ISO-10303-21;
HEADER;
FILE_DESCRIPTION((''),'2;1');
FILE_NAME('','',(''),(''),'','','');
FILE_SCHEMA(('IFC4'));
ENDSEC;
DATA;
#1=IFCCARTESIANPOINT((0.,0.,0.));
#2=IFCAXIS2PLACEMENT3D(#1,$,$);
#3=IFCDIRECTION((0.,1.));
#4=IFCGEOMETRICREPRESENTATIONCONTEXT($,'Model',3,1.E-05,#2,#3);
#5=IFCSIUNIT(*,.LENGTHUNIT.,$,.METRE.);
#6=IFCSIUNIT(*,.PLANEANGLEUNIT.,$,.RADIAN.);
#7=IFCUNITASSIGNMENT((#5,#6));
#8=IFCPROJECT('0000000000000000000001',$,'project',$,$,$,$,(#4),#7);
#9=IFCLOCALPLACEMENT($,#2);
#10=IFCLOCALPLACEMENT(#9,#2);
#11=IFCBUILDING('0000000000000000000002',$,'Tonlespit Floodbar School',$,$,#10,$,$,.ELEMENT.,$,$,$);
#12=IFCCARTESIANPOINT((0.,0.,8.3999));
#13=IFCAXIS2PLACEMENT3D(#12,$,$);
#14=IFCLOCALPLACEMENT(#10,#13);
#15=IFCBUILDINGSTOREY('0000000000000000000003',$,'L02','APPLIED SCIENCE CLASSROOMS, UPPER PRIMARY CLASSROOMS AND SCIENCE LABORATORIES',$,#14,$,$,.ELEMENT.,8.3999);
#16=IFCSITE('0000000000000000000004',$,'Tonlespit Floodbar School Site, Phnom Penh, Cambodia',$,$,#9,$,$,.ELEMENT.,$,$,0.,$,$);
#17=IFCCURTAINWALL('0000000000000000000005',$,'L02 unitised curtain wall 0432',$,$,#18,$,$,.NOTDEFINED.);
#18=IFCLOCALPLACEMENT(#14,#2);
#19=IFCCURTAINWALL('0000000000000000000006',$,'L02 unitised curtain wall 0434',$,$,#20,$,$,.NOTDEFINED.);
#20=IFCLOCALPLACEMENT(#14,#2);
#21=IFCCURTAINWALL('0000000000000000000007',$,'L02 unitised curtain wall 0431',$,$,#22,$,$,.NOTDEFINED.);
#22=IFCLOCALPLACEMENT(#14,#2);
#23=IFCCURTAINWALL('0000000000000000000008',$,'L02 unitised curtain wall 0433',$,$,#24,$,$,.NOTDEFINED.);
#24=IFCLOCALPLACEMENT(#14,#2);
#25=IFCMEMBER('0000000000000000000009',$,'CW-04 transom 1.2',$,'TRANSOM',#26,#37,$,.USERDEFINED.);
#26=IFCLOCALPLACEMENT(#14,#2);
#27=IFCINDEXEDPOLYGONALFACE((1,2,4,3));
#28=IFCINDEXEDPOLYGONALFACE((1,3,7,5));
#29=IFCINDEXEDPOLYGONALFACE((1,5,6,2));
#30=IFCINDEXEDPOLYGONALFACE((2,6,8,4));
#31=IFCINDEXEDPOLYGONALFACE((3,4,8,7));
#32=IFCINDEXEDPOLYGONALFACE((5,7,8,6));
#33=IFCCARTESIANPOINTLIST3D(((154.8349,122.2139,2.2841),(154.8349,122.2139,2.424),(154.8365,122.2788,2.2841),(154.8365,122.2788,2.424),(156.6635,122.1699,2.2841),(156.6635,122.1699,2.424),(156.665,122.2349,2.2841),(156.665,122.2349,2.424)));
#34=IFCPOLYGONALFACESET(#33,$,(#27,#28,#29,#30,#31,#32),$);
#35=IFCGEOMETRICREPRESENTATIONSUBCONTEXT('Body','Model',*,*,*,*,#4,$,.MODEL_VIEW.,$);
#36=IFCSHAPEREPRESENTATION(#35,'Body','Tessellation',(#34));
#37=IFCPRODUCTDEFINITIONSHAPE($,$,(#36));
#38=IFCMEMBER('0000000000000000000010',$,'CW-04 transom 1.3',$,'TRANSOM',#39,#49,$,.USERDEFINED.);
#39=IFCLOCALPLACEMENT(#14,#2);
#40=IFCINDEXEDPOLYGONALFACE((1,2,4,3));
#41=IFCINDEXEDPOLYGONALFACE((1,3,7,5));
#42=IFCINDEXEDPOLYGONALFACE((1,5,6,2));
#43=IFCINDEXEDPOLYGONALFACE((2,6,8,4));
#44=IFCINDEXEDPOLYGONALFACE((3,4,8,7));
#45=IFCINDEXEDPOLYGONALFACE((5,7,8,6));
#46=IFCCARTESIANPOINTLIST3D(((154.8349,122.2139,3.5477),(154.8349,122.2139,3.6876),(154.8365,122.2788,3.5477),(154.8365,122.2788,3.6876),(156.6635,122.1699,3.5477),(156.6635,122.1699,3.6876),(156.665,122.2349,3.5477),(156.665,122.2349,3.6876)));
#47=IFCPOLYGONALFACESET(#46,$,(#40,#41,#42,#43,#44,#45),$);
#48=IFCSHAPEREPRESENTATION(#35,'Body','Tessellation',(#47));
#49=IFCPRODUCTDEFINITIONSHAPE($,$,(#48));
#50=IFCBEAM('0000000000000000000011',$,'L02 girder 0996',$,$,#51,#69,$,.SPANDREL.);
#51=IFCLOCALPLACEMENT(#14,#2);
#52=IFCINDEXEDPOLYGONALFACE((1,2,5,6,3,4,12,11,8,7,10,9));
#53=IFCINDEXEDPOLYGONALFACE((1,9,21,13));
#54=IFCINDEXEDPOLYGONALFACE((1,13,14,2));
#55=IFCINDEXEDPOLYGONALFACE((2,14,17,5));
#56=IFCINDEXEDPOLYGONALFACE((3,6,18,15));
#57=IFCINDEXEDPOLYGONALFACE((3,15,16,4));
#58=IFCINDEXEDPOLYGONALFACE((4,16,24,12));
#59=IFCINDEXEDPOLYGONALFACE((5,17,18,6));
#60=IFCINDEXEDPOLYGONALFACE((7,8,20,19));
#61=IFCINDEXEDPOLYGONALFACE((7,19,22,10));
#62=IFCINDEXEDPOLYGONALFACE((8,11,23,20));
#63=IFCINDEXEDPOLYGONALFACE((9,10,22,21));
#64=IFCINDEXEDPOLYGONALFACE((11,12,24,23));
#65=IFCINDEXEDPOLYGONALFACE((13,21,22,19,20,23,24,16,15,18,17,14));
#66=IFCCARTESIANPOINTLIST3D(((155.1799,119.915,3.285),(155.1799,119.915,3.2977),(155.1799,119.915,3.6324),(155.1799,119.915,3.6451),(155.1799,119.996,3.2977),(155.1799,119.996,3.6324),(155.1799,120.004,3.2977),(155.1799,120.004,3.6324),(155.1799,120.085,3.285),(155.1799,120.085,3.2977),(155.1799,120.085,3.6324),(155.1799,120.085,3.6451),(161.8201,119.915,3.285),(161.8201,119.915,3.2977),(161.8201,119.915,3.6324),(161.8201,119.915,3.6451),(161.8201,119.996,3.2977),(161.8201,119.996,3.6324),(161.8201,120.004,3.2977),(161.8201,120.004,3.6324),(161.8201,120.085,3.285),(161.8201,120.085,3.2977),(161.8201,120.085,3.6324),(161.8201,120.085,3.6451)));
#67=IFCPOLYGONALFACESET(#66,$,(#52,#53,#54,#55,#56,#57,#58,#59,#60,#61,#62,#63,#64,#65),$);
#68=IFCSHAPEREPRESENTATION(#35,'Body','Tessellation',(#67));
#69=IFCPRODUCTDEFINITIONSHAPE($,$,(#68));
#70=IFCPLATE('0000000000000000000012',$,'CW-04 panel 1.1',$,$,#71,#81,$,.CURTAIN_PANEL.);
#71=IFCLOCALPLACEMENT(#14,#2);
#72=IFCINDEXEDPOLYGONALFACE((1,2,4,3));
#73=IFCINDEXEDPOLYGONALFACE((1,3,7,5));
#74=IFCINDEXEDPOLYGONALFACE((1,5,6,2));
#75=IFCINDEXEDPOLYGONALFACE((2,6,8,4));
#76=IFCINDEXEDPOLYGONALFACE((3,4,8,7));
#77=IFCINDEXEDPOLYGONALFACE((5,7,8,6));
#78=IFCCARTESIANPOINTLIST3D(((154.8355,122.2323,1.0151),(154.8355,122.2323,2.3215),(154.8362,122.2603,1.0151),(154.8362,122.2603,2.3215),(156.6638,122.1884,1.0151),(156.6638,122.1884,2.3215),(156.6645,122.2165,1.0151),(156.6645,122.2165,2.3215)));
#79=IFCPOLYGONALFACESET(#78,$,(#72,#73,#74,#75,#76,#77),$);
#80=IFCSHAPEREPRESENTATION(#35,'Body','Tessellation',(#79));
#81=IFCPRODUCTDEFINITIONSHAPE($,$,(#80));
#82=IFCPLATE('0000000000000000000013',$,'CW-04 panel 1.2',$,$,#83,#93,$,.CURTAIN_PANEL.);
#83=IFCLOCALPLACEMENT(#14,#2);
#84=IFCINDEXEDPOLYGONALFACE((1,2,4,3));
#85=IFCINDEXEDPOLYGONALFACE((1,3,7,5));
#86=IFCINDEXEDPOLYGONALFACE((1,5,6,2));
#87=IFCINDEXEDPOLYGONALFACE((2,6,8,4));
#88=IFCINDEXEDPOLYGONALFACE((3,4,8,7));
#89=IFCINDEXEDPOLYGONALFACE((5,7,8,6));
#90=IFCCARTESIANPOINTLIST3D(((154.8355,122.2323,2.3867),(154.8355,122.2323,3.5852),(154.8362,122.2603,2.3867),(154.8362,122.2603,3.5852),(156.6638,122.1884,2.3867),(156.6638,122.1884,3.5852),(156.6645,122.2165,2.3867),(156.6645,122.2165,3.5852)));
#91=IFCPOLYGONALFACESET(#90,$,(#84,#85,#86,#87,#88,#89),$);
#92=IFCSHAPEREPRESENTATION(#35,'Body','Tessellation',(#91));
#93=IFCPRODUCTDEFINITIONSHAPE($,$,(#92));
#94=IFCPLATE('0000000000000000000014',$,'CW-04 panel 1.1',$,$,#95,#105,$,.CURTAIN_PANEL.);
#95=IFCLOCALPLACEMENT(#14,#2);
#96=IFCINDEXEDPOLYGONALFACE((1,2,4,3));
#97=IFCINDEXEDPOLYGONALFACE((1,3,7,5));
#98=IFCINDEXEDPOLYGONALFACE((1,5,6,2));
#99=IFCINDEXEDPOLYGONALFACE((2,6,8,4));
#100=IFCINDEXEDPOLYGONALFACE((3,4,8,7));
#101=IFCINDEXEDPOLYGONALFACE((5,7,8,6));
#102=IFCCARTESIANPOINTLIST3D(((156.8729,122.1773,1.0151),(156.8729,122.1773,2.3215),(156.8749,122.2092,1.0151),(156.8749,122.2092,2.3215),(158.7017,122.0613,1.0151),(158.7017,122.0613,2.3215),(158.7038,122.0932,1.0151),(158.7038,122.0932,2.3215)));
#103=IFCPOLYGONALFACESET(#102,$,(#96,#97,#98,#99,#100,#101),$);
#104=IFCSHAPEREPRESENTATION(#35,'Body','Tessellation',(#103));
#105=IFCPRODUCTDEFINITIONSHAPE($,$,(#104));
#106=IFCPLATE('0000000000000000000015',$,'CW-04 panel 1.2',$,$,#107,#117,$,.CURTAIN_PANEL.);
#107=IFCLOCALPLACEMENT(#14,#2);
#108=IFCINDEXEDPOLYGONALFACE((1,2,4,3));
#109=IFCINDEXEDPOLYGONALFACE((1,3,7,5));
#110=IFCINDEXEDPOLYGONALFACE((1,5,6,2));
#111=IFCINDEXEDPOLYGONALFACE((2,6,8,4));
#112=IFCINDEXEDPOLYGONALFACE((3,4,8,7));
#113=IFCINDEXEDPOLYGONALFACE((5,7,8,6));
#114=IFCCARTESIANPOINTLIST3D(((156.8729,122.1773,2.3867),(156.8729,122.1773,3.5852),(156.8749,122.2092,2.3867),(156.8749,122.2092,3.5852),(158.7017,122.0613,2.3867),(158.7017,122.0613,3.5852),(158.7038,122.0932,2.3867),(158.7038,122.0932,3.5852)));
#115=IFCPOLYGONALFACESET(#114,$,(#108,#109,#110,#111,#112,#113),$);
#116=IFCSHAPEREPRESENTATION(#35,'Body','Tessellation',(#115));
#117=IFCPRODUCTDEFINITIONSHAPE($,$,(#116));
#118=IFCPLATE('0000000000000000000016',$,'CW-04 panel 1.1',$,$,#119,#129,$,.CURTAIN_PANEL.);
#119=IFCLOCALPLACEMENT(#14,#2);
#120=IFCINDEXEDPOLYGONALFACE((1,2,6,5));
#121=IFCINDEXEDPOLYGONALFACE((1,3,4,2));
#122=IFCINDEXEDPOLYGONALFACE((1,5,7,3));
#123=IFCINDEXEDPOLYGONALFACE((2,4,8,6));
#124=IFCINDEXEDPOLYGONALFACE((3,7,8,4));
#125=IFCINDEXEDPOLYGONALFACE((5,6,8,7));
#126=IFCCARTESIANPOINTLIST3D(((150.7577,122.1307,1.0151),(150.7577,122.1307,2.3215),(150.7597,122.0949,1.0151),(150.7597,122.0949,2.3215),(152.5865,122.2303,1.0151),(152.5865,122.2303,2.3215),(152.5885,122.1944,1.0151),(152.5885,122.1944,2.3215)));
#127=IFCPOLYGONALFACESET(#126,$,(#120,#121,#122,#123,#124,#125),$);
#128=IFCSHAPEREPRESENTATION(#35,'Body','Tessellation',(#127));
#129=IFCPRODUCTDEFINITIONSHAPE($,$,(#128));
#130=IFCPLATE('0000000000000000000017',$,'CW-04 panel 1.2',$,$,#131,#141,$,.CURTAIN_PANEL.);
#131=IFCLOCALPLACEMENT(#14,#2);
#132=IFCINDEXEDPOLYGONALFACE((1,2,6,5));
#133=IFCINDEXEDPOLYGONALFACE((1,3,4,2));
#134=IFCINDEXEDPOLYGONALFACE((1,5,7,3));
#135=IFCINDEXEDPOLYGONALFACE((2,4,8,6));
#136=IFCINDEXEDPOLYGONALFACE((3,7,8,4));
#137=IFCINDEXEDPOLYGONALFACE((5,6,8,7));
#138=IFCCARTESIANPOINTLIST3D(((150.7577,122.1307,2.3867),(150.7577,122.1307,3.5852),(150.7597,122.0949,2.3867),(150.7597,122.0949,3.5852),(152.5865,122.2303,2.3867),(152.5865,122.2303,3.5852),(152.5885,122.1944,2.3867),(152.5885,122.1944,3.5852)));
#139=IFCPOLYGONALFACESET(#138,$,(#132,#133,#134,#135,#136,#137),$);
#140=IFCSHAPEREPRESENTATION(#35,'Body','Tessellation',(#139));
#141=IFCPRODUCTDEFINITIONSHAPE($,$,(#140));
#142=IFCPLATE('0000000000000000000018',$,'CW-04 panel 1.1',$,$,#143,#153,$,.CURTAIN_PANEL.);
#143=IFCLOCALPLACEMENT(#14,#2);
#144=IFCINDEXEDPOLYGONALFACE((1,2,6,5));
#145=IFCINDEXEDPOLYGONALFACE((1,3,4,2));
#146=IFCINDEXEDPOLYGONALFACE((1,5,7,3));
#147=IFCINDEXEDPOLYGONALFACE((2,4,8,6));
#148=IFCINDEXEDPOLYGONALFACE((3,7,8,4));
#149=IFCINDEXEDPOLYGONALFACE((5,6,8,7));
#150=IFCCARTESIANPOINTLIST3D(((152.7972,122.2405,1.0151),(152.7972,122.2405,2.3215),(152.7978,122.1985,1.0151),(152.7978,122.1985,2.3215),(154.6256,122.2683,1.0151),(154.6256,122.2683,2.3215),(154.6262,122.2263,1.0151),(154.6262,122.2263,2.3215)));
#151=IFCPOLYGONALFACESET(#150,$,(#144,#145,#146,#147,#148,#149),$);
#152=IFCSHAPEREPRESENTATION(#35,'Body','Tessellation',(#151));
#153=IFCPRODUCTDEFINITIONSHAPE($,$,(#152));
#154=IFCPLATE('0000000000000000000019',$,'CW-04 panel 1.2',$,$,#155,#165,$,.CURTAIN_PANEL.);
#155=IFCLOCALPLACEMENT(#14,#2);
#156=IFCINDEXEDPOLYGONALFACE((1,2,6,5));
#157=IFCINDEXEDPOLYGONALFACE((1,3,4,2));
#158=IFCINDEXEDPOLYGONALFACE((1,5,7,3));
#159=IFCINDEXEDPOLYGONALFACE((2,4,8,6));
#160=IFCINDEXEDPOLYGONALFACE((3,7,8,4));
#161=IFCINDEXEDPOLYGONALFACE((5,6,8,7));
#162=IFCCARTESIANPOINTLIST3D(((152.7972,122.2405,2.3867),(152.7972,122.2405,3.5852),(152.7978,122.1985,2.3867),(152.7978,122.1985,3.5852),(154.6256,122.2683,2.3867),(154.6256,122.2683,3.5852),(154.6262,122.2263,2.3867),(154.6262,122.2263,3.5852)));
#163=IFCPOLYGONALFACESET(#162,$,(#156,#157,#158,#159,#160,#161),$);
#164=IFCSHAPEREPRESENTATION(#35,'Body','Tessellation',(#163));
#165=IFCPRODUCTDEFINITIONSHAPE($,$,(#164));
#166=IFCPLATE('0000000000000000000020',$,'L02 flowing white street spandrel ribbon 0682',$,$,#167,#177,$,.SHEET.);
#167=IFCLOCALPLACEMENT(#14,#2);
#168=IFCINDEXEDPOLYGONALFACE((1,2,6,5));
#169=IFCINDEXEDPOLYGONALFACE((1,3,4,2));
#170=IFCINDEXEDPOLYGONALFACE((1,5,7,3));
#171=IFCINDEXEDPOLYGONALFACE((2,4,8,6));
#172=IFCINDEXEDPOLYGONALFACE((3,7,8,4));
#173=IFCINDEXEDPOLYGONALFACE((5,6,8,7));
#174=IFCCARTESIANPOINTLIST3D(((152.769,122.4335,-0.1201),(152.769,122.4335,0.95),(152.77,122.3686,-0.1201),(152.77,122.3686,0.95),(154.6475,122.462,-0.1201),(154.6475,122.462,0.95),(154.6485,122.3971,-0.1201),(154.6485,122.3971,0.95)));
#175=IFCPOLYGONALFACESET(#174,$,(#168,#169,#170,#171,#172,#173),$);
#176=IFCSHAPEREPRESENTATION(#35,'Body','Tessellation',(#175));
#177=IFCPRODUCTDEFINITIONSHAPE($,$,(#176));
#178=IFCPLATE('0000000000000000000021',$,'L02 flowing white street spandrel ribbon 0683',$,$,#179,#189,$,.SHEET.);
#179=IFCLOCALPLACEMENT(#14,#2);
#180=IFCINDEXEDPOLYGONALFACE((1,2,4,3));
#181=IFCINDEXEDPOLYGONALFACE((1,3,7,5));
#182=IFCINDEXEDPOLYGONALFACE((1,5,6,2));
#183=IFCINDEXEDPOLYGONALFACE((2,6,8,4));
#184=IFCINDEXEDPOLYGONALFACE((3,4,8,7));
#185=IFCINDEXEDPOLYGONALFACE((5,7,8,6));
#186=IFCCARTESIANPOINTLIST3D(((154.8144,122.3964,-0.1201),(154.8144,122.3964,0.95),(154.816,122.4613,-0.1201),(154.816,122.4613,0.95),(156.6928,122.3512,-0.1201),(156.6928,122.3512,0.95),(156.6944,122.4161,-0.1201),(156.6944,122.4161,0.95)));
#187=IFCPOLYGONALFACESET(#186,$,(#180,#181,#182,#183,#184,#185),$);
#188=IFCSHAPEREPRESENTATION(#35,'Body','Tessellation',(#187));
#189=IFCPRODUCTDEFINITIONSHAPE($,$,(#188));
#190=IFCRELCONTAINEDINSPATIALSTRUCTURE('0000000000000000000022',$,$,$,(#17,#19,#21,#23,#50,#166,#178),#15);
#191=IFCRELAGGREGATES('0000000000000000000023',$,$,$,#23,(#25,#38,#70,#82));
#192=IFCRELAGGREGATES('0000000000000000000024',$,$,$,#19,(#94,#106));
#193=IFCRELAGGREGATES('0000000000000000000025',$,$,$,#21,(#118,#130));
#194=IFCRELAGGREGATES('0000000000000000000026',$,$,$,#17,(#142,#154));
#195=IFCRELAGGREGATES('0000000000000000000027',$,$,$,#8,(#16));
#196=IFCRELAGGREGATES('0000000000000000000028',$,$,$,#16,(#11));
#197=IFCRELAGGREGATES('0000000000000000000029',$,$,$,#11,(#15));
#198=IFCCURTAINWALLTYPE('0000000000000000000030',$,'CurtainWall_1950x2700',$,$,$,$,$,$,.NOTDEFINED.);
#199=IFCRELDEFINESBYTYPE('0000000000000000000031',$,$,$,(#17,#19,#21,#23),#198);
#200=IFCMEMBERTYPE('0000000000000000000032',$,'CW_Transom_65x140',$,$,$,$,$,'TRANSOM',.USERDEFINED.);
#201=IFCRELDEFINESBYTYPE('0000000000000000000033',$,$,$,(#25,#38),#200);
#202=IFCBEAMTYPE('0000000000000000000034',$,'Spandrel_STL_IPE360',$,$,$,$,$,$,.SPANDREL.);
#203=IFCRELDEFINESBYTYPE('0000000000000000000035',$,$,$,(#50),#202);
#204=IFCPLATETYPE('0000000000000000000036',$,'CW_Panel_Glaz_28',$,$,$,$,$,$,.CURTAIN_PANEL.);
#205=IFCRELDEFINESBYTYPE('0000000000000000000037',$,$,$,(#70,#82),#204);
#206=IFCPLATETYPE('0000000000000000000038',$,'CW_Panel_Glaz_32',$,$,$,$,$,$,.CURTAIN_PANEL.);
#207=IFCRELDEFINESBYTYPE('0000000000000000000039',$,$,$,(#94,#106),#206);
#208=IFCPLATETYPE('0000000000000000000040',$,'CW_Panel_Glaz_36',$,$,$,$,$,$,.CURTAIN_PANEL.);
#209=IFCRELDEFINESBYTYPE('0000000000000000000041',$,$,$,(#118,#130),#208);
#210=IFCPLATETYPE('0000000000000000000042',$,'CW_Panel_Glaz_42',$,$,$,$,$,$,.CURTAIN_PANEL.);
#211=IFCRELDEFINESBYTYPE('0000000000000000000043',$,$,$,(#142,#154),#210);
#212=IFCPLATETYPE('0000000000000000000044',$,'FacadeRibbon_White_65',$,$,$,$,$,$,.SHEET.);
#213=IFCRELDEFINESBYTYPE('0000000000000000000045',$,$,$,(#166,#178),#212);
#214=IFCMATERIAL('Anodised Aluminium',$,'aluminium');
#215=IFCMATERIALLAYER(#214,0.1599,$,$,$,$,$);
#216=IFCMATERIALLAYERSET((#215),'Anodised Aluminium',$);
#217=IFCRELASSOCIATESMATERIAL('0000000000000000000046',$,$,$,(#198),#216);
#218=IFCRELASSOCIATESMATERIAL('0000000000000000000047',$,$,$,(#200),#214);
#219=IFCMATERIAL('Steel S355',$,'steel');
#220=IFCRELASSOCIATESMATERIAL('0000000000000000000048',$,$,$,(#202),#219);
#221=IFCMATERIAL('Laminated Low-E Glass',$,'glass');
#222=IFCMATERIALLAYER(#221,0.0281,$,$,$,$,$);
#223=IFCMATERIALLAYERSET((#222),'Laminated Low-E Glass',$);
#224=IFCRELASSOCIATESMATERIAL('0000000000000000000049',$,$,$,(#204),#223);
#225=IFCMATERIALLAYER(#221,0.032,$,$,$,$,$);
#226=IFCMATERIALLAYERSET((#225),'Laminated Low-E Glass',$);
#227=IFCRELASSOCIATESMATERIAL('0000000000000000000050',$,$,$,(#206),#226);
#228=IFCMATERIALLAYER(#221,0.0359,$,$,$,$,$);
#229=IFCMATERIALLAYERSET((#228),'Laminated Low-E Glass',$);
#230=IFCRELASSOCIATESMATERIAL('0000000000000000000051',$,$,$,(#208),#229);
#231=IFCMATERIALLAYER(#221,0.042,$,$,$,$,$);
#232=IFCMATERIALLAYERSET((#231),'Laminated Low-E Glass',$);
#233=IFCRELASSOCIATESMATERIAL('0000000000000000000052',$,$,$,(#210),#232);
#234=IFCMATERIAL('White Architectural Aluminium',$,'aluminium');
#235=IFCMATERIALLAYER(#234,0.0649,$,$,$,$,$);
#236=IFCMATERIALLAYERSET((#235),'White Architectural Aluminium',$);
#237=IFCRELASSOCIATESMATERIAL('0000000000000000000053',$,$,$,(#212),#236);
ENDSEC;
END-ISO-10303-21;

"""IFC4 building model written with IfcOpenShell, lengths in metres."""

from ifc_helpers import new_model, si_unit, direction, frame, origin, origin_2d, place, context, subcontext, project, spatial, rectangle, i_section, extrude, material, layer, layer_set, material_profile, profile_set, type_object, element, aggregate, save


model = new_model("IFC4")

# Units and contexts
model_context = context("Model", 3, precision=1e-05, world=origin(), true_north=direction((0.0, 1.0)))
body_context = subcontext(model_context, "Body", "Model", "MODEL_VIEW")
ifc_project = project(units=[si_unit("LENGTHUNIT", "METRE"), si_unit("PLANEANGLEUNIT", "RADIAN")], contexts=[model_context])

# Site, building, storey
site_placement = place(None, origin())
site = spatial("IfcSite", under=ifc_project, at=site_placement, Name="Tonlespit Floodbar School Site, Phnom Penh, Cambodia", CompositionType="ELEMENT", RefElevation=0.0)
building_placement = place(site_placement, origin())
building = spatial("IfcBuilding", under=site, at=building_placement, Name="Tonlespit Floodbar School", CompositionType="ELEMENT")
storey_placement = place(building_placement, frame((0.0, 0.0, 8.3999)))
storey = spatial("IfcBuildingStorey", under=building, at=storey_placement, Name="L02", Description="APPLIED SCIENCE CLASSROOMS, UPPER PRIMARY CLASSROOMS AND SCIENCE LABORATORIES", CompositionType="ELEMENT", Elevation=8.3999)

# Curtain wall
ifc_material_1 = material(Name="Anodised Aluminium", Category="aluminium")
ifc_layer_1 = layer(ifc_material_1, 0.1599)
ifc_layer_set_1 = layer_set([ifc_layer_1], Name="Anodised Aluminium")
curtain_wall_type = type_object("IfcCurtainWallType", Name="CurtainWall_1950x2700", PredefinedType="NOTDEFINED", material=ifc_layer_set_1)
curtain_wall_1_placement = place(storey_placement, origin())
curtain_wall_1 = element("IfcCurtainWall", 1, at=curtain_wall_1_placement, inside=storey, type_object=curtain_wall_type, Name="L02 unitised curtain wall 0432", PredefinedType="NOTDEFINED")

# Curtain walls
curtain_wall_2_placement = place(storey_placement, origin())
curtain_wall_2 = element("IfcCurtainWall", 2, at=curtain_wall_2_placement, inside=storey, type_object=curtain_wall_type, Name="L02 unitised curtain wall 0434", PredefinedType="NOTDEFINED")
curtain_wall_3_placement = place(storey_placement, origin())
curtain_wall_3 = element("IfcCurtainWall", 3, at=curtain_wall_3_placement, inside=storey, type_object=curtain_wall_type, Name="L02 unitised curtain wall 0431", PredefinedType="NOTDEFINED")

# Curtain wall
curtain_wall_4_placement = place(storey_placement, origin())
curtain_wall_4 = element("IfcCurtainWall", 4, at=curtain_wall_4_placement, inside=storey, type_object=curtain_wall_type, Name="L02 unitised curtain wall 0433", PredefinedType="NOTDEFINED")

# Members
ifc_material_profile_1 = material_profile(ifc_material_1, rectangle(XDim=0.0649, YDim=0.1399, at=origin_2d()), Name="ALU T65x140")
ifc_profile_set_1 = profile_set([ifc_material_profile_1], Name="Anodised Aluminium")
member_type_1 = type_object("IfcMemberType", Name="CW_Transom_65x140", ElementType="TRANSOM", PredefinedType="USERDEFINED", material=ifc_profile_set_1)
member_1_placement = place(storey_placement, frame((154.8357, 122.2463, 2.354), z_axis=(0.999711, -0.024025, 0.0), x_axis=(0.024025, 0.999711, 0.0)))
member_1 = element("IfcMember", 5, at=member_1_placement, type_object=member_type_1, Name="CW-04 transom 1.2", ObjectType="TRANSOM", PredefinedType="USERDEFINED", context=body_context, shape_type="SweptSolid", body=[
    extrude(rectangle(XDim=0.0649, YDim=0.1399, at=origin_2d()), origin(), (0.0, 0.0, 1.0), 1.8291),
])
member_2_placement = place(storey_placement, frame((154.8357, 122.2463, 3.6177), z_axis=(0.999711, -0.024025, 0.0), x_axis=(0.024025, 0.999711, 0.0)))
member_2 = element("IfcMember", 6, at=member_2_placement, type_object=member_type_1, Name="CW-04 transom 1.3", ObjectType="TRANSOM", PredefinedType="USERDEFINED", context=body_context, shape_type="SweptSolid", body=[
    extrude(rectangle(XDim=0.0649, YDim=0.1399, at=origin_2d()), origin(), (0.0, 0.0, 1.0), 1.8291),
])

# Beam
ifc_material_2 = material(Name="Steel S355", Category="steel")
ifc_material_profile_2 = material_profile(ifc_material_2, i_section(OverallWidth=0.1699, OverallDepth=0.3601, WebThickness=0.0081, FlangeThickness=0.0127, at=origin_2d()), Name="IPE 360")
ifc_profile_set_2 = profile_set([ifc_material_profile_2], Name="Steel S355")
beam_type_1 = type_object("IfcBeamType", Name="Spandrel_STL_IPE360", PredefinedType="SPANDREL", material=ifc_profile_set_2)
beam_1_placement = place(storey_placement, frame((155.1799, 120.0, 3.4651), z_axis=(1.0, 0.0, 0.0), x_axis=(0.0, 1.0, 0.0)))
element("IfcBeam", 7, at=beam_1_placement, inside=storey, type_object=beam_type_1, Name="L02 girder 0996", PredefinedType="SPANDREL", context=body_context, shape_type="SweptSolid", body=[
    extrude(i_section(OverallWidth=0.1699, OverallDepth=0.3601, WebThickness=0.0081, FlangeThickness=0.0127, at=origin_2d()), origin(), (0.0, 0.0, 1.0), 6.6401),
])

# Plates
ifc_material_3 = material(Name="Laminated Low-E Glass", Category="glass")
ifc_layer_2 = layer(ifc_material_3, 0.0281)
ifc_layer_set_2 = layer_set([ifc_layer_2], Name="Laminated Low-E Glass")
plate_type_1 = type_object("IfcPlateType", Name="CW_Panel_Glaz_28", PredefinedType="CURTAIN_PANEL", material=ifc_layer_set_2)
plate_1_placement = place(storey_placement, frame((155.75, 122.2244, 1.0151), z_axis=(0.0, 0.0, 1.0), x_axis=(0.999712, -0.023992, 0.0)))
plate_1 = element("IfcPlate", 8, at=plate_1_placement, type_object=plate_type_1, Name="CW-04 panel 1.1", PredefinedType="CURTAIN_PANEL", context=body_context, shape_type="SweptSolid", body=[
    extrude(rectangle(XDim=1.8289, YDim=0.0281, at=origin_2d()), origin(), (0.0, 0.0, 1.0), 1.3064),
])
plate_2_placement = place(storey_placement, frame((155.75, 122.2244, 2.3867), z_axis=(0.0, 0.0, 1.0), x_axis=(0.999712, -0.023992, 0.0)))
plate_2 = element("IfcPlate", 9, at=plate_2_placement, type_object=plate_type_1, Name="CW-04 panel 1.2", PredefinedType="CURTAIN_PANEL", context=body_context, shape_type="SweptSolid", body=[
    extrude(rectangle(XDim=1.8289, YDim=0.0281, at=origin_2d()), origin(), (0.0, 0.0, 1.0), 1.1985),
])
aggregate(curtain_wall_4, [member_1, member_2, plate_1, plate_2])
ifc_layer_3 = layer(ifc_material_3, 0.032)
ifc_layer_set_3 = layer_set([ifc_layer_3], Name="Laminated Low-E Glass")
plate_type_2 = type_object("IfcPlateType", Name="CW_Panel_Glaz_32", PredefinedType="CURTAIN_PANEL", material=ifc_layer_set_3)
plate_3_placement = place(storey_placement, frame((157.7883, 122.1353, 1.0151), z_axis=(0.0, 0.0, 1.0), x_axis=(0.997996, -0.063282, 0.0)))
plate_3 = element("IfcPlate", 10, at=plate_3_placement, type_object=plate_type_2, Name="CW-04 panel 1.1", PredefinedType="CURTAIN_PANEL", context=body_context, shape_type="SweptSolid", body=[
    extrude(rectangle(XDim=1.8325, YDim=0.032, at=origin_2d()), origin(), (0.0, 0.0, 1.0), 1.3064),
])
plate_4_placement = place(storey_placement, frame((157.7883, 122.1353, 2.3867), z_axis=(0.0, 0.0, 1.0), x_axis=(0.997996, -0.063282, 0.0)))
plate_4 = element("IfcPlate", 11, at=plate_4_placement, type_object=plate_type_2, Name="CW-04 panel 1.2", PredefinedType="CURTAIN_PANEL", context=body_context, shape_type="SweptSolid", body=[
    extrude(rectangle(XDim=1.8325, YDim=0.032, at=origin_2d()), origin(), (0.0, 0.0, 1.0), 1.1985),
])
aggregate(curtain_wall_2, [plate_3, plate_4])
ifc_layer_4 = layer(ifc_material_3, 0.0359)
ifc_layer_set_4 = layer_set([ifc_layer_4], Name="Laminated Low-E Glass")
plate_type_3 = type_object("IfcPlateType", Name="CW_Panel_Glaz_36", PredefinedType="CURTAIN_PANEL", material=ifc_layer_set_4)
plate_5_placement = place(storey_placement, frame((151.6731, 122.1626, 1.0151), z_axis=(0.0, 0.0, 1.0), x_axis=(0.998522, 0.054343, 0.0)))
plate_5 = element("IfcPlate", 12, at=plate_5_placement, type_object=plate_type_3, Name="CW-04 panel 1.1", PredefinedType="CURTAIN_PANEL", context=body_context, shape_type="SweptSolid", body=[
    extrude(rectangle(XDim=1.8315, YDim=0.0359, at=origin_2d()), origin(), (0.0, 0.0, 1.0), 1.3064),
])
plate_6_placement = place(storey_placement, frame((151.6731, 122.1626, 2.3867), z_axis=(0.0, 0.0, 1.0), x_axis=(0.998522, 0.054343, 0.0)))
plate_6 = element("IfcPlate", 13, at=plate_6_placement, type_object=plate_type_3, Name="CW-04 panel 1.2", PredefinedType="CURTAIN_PANEL", context=body_context, shape_type="SweptSolid", body=[
    extrude(rectangle(XDim=1.8315, YDim=0.0359, at=origin_2d()), origin(), (0.0, 0.0, 1.0), 1.1985),
])
aggregate(curtain_wall_3, [plate_5, plate_6])
ifc_layer_5 = layer(ifc_material_3, 0.042)
ifc_layer_set_5 = layer_set([ifc_layer_5], Name="Laminated Low-E Glass")
plate_type_4 = type_object("IfcPlateType", Name="CW_Panel_Glaz_42", PredefinedType="CURTAIN_PANEL", material=ifc_layer_set_5)
plate_7_placement = place(storey_placement, frame((153.7117, 122.2334, 1.0151), z_axis=(0.0, 0.0, 1.0), x_axis=(0.999885, 0.015163, 0.0)))
plate_7 = element("IfcPlate", 14, at=plate_7_placement, type_object=plate_type_4, Name="CW-04 panel 1.1", PredefinedType="CURTAIN_PANEL", context=body_context, shape_type="SweptSolid", body=[
    extrude(rectangle(XDim=1.8286, YDim=0.042, at=origin_2d()), origin(), (0.0, 0.0, 1.0), 1.3064),
])
plate_8_placement = place(storey_placement, frame((153.7117, 122.2334, 2.3867), z_axis=(0.0, 0.0, 1.0), x_axis=(0.999885, 0.015163, 0.0)))
plate_8 = element("IfcPlate", 15, at=plate_8_placement, type_object=plate_type_4, Name="CW-04 panel 1.2", PredefinedType="CURTAIN_PANEL", context=body_context, shape_type="SweptSolid", body=[
    extrude(rectangle(XDim=1.8286, YDim=0.042, at=origin_2d()), origin(), (0.0, 0.0, 1.0), 1.1985),
])
aggregate(curtain_wall_1, [plate_7, plate_8])

# Plates
ifc_material_4 = material(Name="White Architectural Aluminium", Category="aluminium")
ifc_layer_6 = layer(ifc_material_4, 0.0649)
ifc_layer_set_6 = layer_set([ifc_layer_6], Name="White Architectural Aluminium")
plate_type_5 = type_object("IfcPlateType", Name="FacadeRibbon_White_65", PredefinedType="SHEET", material=ifc_layer_set_6)
plate_9_placement = place(storey_placement, frame((153.7087, 122.4153, -0.1201), z_axis=(0.0, 0.0, 1.0), x_axis=(0.999885, 0.015156, 0.0)))
element("IfcPlate", 16, at=plate_9_placement, inside=storey, type_object=plate_type_5, Name="L02 flowing white street spandrel ribbon 0682", PredefinedType="SHEET", context=body_context, shape_type="SweptSolid", body=[
    extrude(rectangle(XDim=1.8787, YDim=0.0649, at=origin_2d()), origin(), (0.0, 0.0, 1.0), 1.0701),
])
plate_10_placement = place(storey_placement, frame((155.7544, 122.4062, -0.1201), z_axis=(0.0, 0.0, 1.0), x_axis=(0.999711, -0.024031, 0.0)))
element("IfcPlate", 17, at=plate_10_placement, inside=storey, type_object=plate_type_5, Name="L02 flowing white street spandrel ribbon 0683", PredefinedType="SHEET", context=body_context, shape_type="SweptSolid", body=[
    extrude(rectangle(XDim=1.8789, YDim=0.0649, at=origin_2d()), origin(), (0.0, 0.0, 1.0), 1.0701),
])

save(model, "model.ifc")
